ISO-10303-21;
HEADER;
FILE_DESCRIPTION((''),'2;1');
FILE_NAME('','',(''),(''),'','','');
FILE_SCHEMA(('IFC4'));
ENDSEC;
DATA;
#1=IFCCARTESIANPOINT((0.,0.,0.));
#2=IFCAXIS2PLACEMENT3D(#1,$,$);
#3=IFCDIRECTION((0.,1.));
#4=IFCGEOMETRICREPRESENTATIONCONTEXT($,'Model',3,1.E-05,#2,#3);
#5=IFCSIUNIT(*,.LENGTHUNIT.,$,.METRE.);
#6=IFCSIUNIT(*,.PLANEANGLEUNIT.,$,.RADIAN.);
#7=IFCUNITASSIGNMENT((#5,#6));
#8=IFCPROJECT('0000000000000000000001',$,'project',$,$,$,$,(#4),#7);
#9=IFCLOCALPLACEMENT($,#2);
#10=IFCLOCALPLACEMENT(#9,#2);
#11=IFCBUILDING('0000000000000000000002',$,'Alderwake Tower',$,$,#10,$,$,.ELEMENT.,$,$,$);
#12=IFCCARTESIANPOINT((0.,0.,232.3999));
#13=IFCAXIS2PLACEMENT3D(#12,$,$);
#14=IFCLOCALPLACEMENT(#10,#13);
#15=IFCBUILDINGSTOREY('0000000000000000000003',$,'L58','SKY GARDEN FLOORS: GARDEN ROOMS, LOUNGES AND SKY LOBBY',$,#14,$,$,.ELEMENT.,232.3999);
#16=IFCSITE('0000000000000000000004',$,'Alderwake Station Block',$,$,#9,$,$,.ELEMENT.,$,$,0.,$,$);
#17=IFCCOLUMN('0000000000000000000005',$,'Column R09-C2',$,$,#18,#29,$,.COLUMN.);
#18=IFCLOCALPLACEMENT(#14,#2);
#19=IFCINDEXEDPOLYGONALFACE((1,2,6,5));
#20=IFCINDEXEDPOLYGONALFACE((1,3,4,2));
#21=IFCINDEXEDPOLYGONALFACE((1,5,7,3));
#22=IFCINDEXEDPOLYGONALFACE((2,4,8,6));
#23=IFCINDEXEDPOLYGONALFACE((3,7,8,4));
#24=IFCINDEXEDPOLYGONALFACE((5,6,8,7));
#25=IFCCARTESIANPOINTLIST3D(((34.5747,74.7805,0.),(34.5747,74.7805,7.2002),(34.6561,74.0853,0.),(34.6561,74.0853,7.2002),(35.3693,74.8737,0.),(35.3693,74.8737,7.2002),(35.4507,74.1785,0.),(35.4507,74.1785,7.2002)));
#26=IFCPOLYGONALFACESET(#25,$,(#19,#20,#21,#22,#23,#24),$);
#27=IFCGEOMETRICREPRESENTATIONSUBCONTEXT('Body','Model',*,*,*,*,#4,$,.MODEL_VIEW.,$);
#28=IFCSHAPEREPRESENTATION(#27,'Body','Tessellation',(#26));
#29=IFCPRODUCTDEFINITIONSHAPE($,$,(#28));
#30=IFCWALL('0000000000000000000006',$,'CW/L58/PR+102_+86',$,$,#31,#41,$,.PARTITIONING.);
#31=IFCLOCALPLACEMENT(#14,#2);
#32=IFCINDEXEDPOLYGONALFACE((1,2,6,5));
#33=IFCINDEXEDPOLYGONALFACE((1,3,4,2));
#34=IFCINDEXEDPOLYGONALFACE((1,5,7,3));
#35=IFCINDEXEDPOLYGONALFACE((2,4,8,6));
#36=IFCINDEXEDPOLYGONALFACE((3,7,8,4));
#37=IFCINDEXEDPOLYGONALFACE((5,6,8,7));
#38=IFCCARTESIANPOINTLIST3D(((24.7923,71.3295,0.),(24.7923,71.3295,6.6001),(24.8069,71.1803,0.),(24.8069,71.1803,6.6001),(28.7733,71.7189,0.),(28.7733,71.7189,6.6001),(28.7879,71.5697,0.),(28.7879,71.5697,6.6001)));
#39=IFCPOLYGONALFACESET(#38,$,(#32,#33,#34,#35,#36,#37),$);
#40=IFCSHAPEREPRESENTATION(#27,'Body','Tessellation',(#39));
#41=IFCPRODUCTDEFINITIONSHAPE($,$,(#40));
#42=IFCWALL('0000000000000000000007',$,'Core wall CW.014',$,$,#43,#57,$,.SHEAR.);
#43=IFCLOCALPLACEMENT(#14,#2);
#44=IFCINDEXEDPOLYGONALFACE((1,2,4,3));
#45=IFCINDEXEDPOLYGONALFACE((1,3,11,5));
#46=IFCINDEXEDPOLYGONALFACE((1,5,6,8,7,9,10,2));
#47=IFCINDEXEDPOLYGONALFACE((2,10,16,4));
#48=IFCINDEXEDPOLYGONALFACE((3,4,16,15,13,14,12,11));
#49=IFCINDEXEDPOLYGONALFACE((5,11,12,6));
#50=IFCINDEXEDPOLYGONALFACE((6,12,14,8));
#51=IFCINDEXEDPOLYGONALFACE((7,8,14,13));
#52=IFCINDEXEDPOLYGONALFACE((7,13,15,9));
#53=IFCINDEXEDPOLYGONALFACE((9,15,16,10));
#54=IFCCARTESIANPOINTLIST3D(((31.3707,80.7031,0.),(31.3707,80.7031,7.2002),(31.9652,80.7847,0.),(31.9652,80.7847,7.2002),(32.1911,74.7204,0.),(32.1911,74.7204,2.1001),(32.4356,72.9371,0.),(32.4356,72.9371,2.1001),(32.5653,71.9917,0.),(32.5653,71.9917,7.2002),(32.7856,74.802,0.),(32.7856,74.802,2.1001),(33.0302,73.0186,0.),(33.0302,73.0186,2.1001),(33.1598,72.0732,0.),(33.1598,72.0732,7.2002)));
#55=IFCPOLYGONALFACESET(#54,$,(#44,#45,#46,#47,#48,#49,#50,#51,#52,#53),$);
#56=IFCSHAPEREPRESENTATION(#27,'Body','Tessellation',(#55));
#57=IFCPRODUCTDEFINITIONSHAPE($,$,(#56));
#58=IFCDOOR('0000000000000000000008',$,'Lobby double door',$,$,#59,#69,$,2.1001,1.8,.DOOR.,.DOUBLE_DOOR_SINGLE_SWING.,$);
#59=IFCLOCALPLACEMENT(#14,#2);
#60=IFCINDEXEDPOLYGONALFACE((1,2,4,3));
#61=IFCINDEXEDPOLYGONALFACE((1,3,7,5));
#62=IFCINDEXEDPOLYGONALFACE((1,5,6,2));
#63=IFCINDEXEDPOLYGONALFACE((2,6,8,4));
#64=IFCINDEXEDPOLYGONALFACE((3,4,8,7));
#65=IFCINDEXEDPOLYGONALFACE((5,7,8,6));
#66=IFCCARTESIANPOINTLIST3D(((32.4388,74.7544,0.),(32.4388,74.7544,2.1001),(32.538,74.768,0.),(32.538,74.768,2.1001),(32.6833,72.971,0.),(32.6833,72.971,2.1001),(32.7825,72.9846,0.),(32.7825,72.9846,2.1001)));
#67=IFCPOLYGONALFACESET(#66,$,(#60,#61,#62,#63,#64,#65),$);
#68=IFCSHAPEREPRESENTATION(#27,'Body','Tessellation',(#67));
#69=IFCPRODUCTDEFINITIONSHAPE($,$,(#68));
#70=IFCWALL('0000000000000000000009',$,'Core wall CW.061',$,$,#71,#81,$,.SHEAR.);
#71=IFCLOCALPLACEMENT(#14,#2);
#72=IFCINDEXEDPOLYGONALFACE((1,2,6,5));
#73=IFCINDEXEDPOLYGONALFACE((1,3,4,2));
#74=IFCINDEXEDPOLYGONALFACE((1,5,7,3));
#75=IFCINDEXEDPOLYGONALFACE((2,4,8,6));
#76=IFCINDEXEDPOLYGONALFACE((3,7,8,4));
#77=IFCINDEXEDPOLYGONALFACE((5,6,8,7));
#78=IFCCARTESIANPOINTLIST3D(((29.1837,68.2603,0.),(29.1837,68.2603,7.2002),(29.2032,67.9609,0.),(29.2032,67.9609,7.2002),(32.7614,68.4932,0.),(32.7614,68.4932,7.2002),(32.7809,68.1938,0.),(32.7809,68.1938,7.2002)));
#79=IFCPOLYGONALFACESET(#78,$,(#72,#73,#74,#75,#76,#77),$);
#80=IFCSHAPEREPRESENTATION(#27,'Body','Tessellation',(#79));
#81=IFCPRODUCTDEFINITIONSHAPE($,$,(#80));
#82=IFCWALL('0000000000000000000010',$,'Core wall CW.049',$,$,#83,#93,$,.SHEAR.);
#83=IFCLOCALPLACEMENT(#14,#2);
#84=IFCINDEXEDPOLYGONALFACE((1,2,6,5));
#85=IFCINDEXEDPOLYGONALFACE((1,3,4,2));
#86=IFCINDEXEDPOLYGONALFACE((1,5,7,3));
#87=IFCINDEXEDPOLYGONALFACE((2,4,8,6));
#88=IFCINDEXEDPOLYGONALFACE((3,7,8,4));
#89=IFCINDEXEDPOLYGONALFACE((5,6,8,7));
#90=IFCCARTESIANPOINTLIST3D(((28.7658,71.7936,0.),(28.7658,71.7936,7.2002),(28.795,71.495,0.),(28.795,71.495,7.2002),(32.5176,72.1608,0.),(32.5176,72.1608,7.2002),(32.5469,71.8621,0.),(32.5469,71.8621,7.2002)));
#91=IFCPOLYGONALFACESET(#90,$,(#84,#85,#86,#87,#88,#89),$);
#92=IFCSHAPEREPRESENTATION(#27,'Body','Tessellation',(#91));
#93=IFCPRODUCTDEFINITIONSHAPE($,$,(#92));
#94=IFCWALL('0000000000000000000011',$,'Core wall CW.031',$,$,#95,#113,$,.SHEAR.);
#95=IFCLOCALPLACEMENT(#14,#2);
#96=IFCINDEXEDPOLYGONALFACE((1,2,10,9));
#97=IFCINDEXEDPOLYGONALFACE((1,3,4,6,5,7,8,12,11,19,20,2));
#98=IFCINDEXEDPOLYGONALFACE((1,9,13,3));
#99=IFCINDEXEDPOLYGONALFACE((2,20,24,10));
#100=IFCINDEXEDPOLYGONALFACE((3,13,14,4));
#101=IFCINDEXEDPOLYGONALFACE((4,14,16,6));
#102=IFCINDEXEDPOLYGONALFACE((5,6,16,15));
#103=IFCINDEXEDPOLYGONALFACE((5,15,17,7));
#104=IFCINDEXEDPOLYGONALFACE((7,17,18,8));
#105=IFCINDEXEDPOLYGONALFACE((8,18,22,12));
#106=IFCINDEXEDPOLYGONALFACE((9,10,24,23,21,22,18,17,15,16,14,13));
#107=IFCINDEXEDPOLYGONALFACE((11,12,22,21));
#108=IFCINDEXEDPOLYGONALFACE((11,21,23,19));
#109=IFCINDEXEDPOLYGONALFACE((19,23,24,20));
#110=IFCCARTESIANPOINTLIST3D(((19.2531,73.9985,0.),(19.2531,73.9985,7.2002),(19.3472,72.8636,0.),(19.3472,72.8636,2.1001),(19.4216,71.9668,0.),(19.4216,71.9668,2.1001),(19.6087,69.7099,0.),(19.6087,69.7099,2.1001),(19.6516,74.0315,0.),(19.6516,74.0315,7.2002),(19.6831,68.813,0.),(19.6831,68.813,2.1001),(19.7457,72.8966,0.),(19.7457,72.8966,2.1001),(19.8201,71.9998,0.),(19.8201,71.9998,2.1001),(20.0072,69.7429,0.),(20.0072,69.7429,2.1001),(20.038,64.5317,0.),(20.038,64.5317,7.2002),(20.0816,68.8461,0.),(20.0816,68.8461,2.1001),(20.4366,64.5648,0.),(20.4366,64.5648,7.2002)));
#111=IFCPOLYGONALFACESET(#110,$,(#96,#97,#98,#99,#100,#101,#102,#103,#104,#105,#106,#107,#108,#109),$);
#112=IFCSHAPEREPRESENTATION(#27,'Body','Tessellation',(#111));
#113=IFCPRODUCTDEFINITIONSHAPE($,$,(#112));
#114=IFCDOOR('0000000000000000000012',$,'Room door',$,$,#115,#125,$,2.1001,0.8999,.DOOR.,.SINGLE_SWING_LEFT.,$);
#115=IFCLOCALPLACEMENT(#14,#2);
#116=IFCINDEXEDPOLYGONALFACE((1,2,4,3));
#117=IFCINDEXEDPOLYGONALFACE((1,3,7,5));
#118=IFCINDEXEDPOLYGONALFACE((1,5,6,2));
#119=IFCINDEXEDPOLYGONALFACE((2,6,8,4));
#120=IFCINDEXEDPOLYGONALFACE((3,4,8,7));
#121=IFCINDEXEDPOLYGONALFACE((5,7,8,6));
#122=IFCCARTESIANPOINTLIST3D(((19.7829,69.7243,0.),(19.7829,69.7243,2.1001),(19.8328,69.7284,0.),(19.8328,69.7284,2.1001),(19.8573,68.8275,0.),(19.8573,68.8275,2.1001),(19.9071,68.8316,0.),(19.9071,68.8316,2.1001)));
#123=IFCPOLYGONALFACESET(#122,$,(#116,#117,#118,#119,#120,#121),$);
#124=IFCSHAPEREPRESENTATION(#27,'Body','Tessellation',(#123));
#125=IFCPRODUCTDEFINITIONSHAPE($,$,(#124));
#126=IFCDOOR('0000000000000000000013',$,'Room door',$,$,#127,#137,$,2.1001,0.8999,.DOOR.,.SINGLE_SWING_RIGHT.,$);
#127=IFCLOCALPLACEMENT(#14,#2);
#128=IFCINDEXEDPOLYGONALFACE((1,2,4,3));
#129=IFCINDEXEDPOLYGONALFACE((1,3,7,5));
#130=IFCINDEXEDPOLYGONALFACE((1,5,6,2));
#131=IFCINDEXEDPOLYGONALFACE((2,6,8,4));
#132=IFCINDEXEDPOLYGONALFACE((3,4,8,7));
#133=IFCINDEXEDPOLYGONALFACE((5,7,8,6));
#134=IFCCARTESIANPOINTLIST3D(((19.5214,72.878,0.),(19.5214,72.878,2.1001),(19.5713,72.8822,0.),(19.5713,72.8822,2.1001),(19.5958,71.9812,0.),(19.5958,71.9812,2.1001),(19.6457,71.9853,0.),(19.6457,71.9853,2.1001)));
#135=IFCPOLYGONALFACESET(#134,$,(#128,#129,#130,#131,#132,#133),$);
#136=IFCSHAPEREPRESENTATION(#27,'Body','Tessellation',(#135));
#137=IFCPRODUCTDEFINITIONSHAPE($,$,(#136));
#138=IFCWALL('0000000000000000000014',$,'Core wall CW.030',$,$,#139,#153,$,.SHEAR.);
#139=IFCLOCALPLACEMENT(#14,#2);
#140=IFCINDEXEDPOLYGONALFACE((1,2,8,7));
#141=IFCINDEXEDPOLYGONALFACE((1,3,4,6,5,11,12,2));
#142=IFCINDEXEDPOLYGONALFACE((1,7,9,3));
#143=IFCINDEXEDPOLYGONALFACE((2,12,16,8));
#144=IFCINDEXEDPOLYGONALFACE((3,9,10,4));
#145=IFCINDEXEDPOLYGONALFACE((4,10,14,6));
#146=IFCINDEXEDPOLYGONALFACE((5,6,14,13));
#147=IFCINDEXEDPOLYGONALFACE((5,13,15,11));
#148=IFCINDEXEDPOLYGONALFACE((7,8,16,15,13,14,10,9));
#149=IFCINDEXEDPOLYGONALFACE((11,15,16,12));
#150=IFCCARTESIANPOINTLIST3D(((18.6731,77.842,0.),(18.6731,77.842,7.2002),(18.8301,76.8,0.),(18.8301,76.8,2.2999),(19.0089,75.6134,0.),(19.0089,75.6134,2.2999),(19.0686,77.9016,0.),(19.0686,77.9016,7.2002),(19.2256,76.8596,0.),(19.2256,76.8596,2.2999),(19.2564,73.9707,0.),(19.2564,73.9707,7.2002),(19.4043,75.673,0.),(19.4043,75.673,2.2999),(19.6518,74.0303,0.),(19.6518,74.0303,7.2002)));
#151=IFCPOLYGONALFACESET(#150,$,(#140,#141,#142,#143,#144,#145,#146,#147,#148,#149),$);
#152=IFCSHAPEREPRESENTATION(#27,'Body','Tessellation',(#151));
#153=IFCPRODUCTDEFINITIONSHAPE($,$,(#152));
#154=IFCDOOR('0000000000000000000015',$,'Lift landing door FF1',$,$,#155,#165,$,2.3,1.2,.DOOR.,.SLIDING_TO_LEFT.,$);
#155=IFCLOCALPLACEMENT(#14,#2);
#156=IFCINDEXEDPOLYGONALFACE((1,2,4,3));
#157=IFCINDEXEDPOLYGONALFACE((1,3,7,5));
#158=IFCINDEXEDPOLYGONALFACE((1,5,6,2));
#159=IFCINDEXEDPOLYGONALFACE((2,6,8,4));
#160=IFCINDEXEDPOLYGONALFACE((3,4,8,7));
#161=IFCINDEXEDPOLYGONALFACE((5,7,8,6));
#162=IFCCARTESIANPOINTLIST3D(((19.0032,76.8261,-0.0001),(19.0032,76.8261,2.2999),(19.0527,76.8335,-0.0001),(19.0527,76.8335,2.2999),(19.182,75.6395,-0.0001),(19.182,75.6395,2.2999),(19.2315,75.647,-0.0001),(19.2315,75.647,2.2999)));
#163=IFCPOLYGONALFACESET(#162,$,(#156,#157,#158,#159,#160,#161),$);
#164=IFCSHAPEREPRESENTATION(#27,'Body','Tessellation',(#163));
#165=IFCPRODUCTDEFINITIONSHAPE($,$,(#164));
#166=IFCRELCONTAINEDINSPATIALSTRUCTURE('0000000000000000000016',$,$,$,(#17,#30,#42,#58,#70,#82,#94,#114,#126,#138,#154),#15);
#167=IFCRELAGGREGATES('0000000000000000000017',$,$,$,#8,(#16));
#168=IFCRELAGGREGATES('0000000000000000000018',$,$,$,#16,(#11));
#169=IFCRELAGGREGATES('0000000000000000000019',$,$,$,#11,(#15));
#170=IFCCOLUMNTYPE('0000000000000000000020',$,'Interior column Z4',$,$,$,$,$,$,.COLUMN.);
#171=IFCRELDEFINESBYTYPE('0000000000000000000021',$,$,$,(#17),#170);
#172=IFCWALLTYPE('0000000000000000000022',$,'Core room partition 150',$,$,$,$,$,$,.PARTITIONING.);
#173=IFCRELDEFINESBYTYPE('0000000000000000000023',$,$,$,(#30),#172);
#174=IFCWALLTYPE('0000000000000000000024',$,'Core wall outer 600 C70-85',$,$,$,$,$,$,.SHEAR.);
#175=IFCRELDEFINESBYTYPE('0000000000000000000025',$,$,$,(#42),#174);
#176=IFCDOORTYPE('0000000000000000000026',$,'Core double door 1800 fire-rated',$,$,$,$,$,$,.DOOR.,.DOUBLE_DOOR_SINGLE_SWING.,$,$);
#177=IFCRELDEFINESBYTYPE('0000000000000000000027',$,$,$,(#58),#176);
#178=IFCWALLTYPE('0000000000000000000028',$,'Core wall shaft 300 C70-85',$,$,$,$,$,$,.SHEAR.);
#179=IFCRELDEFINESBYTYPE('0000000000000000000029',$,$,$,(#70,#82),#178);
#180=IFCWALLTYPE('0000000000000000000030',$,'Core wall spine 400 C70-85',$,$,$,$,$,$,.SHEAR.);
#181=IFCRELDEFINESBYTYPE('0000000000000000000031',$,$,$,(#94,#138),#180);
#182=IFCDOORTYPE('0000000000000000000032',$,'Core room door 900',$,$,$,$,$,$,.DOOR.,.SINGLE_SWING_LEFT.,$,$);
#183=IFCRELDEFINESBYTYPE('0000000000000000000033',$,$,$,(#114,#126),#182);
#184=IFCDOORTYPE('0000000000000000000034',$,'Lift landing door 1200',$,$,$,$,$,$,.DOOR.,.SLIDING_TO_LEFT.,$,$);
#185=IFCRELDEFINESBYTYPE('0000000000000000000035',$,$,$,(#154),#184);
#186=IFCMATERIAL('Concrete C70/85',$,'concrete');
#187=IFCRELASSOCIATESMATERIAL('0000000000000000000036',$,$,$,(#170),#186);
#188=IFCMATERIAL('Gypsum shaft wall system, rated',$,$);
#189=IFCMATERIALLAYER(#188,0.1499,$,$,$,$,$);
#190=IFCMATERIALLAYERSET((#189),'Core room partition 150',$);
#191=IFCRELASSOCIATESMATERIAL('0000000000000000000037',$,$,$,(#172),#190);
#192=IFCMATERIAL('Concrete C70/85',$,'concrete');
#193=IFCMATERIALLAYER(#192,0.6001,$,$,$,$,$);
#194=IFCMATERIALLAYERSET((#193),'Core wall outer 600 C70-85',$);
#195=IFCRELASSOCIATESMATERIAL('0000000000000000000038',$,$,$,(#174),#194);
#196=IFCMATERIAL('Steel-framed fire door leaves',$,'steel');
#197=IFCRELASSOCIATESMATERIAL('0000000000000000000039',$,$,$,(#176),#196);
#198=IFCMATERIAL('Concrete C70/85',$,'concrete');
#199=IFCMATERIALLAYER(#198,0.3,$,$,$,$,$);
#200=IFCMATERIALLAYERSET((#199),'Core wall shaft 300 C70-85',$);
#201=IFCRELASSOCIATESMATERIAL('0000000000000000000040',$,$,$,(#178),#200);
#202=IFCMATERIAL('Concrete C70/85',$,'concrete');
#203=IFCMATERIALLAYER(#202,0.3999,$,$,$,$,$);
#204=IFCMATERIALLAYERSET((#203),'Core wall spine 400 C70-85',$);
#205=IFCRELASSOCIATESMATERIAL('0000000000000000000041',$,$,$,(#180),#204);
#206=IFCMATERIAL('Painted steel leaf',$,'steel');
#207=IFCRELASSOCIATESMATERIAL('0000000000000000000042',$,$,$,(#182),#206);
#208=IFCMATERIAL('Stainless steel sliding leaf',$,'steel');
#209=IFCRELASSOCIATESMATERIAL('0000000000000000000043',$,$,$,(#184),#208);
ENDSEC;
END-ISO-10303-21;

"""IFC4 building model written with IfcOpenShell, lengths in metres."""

from ifc_helpers import new_model, si_unit, direction, frame, frame_2d, origin, origin_2d, place, context, subcontext, project, spatial, rectangle, extrude, material, layer, layer_set, material_profile, profile_set, type_object, element, fill, save


model = new_model("IFC4")

# Units and contexts
model_context = context("Model", 3, precision=1e-05, world=origin(), true_north=direction((0.0, 1.0)))
body_context = subcontext(model_context, "Body", "Model", "MODEL_VIEW")
ifc_project = project(units=[si_unit("LENGTHUNIT", "METRE"), si_unit("PLANEANGLEUNIT", "RADIAN")], contexts=[model_context])

# Site, building, storey
site_placement = place(None, origin())
site = spatial("IfcSite", under=ifc_project, at=site_placement, Name="Alderwake Station Block", CompositionType="ELEMENT", RefElevation=0.0)
building_placement = place(site_placement, origin())
building = spatial("IfcBuilding", under=site, at=building_placement, Name="Alderwake Tower", CompositionType="ELEMENT")
storey_placement = place(building_placement, frame((0.0, 0.0, 232.3999)))
storey = spatial("IfcBuildingStorey", under=building, at=storey_placement, Name="L58", Description="SKY GARDEN FLOORS: GARDEN ROOMS, LOUNGES AND SKY LOBBY", CompositionType="ELEMENT", Elevation=232.3999)

# Column
ifc_material_1 = material(Name="Concrete C70/85", Category="concrete")
ifc_material_profile = material_profile(ifc_material_1, rectangle(XDim=0.7, YDim=0.8, at=origin_2d()), Name="RC 800X700")
ifc_profile_set = profile_set([ifc_material_profile], Name="Concrete C70/85")
column_type = type_object("IfcColumnType", Name="Interior column Z4", PredefinedType="COLUMN", material=ifc_profile_set)
column_placement = place(storey_placement, frame((35.0127, 74.4795, 0.0), z_axis=(0.0, 0.0, 1.0), x_axis=(-0.116402, 0.993202, 0.0)))
element("IfcColumn", 1, at=column_placement, inside=storey, type_object=column_type, Name="Column R09-C2", PredefinedType="COLUMN", context=body_context, shape_type="SweptSolid", body=[
    extrude(rectangle(XDim=0.7, YDim=0.8, at=origin_2d()), origin(), (0.0, 0.0, 1.0), 7.2002),
])

# Wall
ifc_material_2 = material(Name="Gypsum shaft wall system, rated")
ifc_layer_1 = layer(ifc_material_2, 0.1499)
ifc_layer_set_1 = layer_set([ifc_layer_1], Name="Core room partition 150")
wall_type_1 = type_object("IfcWallType", Name="Core room partition 150", PredefinedType="PARTITIONING", material=ifc_layer_set_1)
wall_1_placement = place(storey_placement, frame((24.7996, 71.2549, 0.0), z_axis=(0.0, 0.0, 1.0), x_axis=(0.99525, 0.097352, 0.0)))
element("IfcWall", 2, at=wall_1_placement, inside=storey, type_object=wall_type_1, Name="CW/L58/PR+102_+86", PredefinedType="PARTITIONING", context=body_context, shape_type="SweptSolid", body=[
    extrude(rectangle(XDim=4.0, YDim=0.1499, at=frame_2d((2.0, 0.0))), origin(), (0.0, 0.0, 1.0), 6.6001),
])

# Wall, opening, door
ifc_material_3 = material(Name="Concrete C70/85", Category="concrete")
ifc_layer_2 = layer(ifc_material_3, 0.6001)
ifc_layer_set_2 = layer_set([ifc_layer_2], Name="Core wall outer 600 C70-85")
wall_type_2 = type_object("IfcWallType", Name="Core wall outer 600 C70-85", PredefinedType="SHEAR", material=ifc_layer_set_2)
wall_2_placement = place(storey_placement, frame((31.668, 80.7439, 0.0), z_axis=(0.0, 0.0, 1.0), x_axis=(0.135857, -0.990729, 0.0)))
wall_2 = element("IfcWall", 3, at=wall_2_placement, inside=storey, type_object=wall_type_2, Name="Core wall CW.014", PredefinedType="SHEAR", context=body_context, shape_type="SweptSolid", body=[
    extrude(rectangle(XDim=8.793, YDim=0.6001, at=frame_2d((4.3965, 0.0))), origin(), (0.0, 0.0, 1.0), 7.2002),
])
opening_1_placement = place(wall_2_placement, frame((6.0388, 0.0, 0.0)))
opening_1 = element("IfcOpeningElement", 4, at=opening_1_placement, cuts=wall_2, PredefinedType="OPENING", context=body_context, shape_type="SweptSolid", body=[
    extrude(rectangle(XDim=1.8, YDim=2.1001, at=frame_2d((0.8999, 1.05))), frame((0.0, 0.3101, 0.0), z_axis=(0.0, -1.0, 0.0), x_axis=(1.0, 0.0, 0.0)), (0.0, 0.0, 1.0), 0.6201),
])
ifc_material_4 = material(Name="Steel-framed fire door leaves", Category="steel")
door_type_1 = type_object("IfcDoorType", Name="Core double door 1800 fire-rated", OperationType="DOUBLE_DOOR_SINGLE_SWING", PredefinedType="DOOR", material=ifc_material_4)
door_1_placement = place(opening_1_placement, origin())
door_1 = element("IfcDoor", 5, at=door_1_placement, inside=storey, type_object=door_type_1, Name="Lobby double door", OperationType="DOUBLE_DOOR_SINGLE_SWING", OverallHeight=2.1001, OverallWidth=1.8, PredefinedType="DOOR", context=body_context, shape_type="SweptSolid", body=[
    extrude(rectangle(XDim=1.8, YDim=2.1001, at=frame_2d((0.8999, 1.05))), frame((0.0, 0.05, 0.0), z_axis=(0.0, -1.0, 0.0), x_axis=(1.0, 0.0, 0.0)), (0.0, 0.0, 1.0), 0.1001),
])
fill(opening_1, door_1)

# Walls
ifc_material_5 = material(Name="Concrete C70/85", Category="concrete")
ifc_layer_3 = layer(ifc_material_5, 0.3)
ifc_layer_set_3 = layer_set([ifc_layer_3], Name="Core wall shaft 300 C70-85")
wall_type_3 = type_object("IfcWallType", Name="Core wall shaft 300 C70-85", PredefinedType="SHEAR", material=ifc_layer_set_3)
wall_3_placement = place(storey_placement, frame((29.1936, 68.1106, 0.0), z_axis=(0.0, 0.0, 1.0), x_axis=(0.997888, 0.064964, 0.0)))
element("IfcWall", 6, at=wall_3_placement, inside=storey, type_object=wall_type_3, Name="Core wall CW.061", PredefinedType="SHEAR", context=body_context, shape_type="SweptSolid", body=[
    extrude(rectangle(XDim=3.5852, YDim=0.3, at=frame_2d((1.7925, 0.0))), origin(), (0.0, 0.0, 1.0), 7.2002),
])
wall_4_placement = place(storey_placement, frame((28.7805, 71.6443, 0.0), z_axis=(0.0, 0.0, 1.0), x_axis=(0.995245, 0.0974, 0.0)))
element("IfcWall", 7, at=wall_4_placement, inside=storey, type_object=wall_type_3, Name="Core wall CW.049", PredefinedType="SHEAR", context=body_context, shape_type="SweptSolid", body=[
    extrude(rectangle(XDim=3.7698, YDim=0.3, at=frame_2d((1.8848, 0.0))), origin(), (0.0, 0.0, 1.0), 7.2002),
])

# Wall, openings, doors
ifc_material_6 = material(Name="Concrete C70/85", Category="concrete")
ifc_layer_4 = layer(ifc_material_6, 0.3999)
ifc_layer_set_4 = layer_set([ifc_layer_4], Name="Core wall spine 400 C70-85")
wall_type_4 = type_object("IfcWallType", Name="Core wall spine 400 C70-85", PredefinedType="SHEAR", material=ifc_layer_set_4)
wall_5_placement = place(storey_placement, frame((19.4524, 74.0149, 0.0), z_axis=(0.0, 0.0, 1.0), x_axis=(0.082629, -0.99658, 0.0)))
wall_5 = element("IfcWall", 8, at=wall_5_placement, inside=storey, type_object=wall_type_4, Name="Core wall CW.031", PredefinedType="SHEAR", context=body_context, shape_type="SweptSolid", body=[
    extrude(rectangle(XDim=9.4993, YDim=0.3999, at=frame_2d((4.7495, 0.0))), origin(), (0.0, 0.0, 1.0), 7.2002),
])
opening_2_placement = place(wall_5_placement, frame((4.3032, 0.0, 0.0)))
opening_2 = element("IfcOpeningElement", 9, at=opening_2_placement, cuts=wall_5, PredefinedType="OPENING", context=body_context, shape_type="SweptSolid", body=[
    extrude(rectangle(XDim=0.8999, YDim=2.1001, at=frame_2d((0.45, 1.05))), frame((0.0, 0.21, 0.0), z_axis=(0.0, -1.0, 0.0), x_axis=(1.0, 0.0, 0.0)), (0.0, 0.0, 1.0), 0.4199),
])
opening_3_placement = place(wall_5_placement, frame((1.1387, 0.0, 0.0)))
opening_3 = element("IfcOpeningElement", 10, at=opening_3_placement, cuts=wall_5, PredefinedType="OPENING", context=body_context, shape_type="SweptSolid", body=[
    extrude(rectangle(XDim=0.8999, YDim=2.1001, at=frame_2d((0.45, 1.05))), frame((0.0, 0.21, 0.0), z_axis=(0.0, -1.0, 0.0), x_axis=(1.0, 0.0, 0.0)), (0.0, 0.0, 1.0), 0.4199),
])
ifc_material_7 = material(Name="Painted steel leaf", Category="steel")
door_type_2 = type_object("IfcDoorType", Name="Core room door 900", OperationType="SINGLE_SWING_LEFT", PredefinedType="DOOR", material=ifc_material_7)
door_2_placement = place(opening_2_placement, origin())
door_2 = element("IfcDoor", 11, at=door_2_placement, inside=storey, type_object=door_type_2, Name="Room door", OperationType="SINGLE_SWING_LEFT", OverallHeight=2.1001, OverallWidth=0.8999, PredefinedType="DOOR", context=body_context, shape_type="SweptSolid", body=[
    extrude(rectangle(XDim=0.8999, YDim=2.1001, at=frame_2d((0.45, 1.05))), frame((0.0, 0.0249, 0.0), z_axis=(0.0, -1.0, 0.0), x_axis=(1.0, 0.0, 0.0)), (0.0, 0.0, 1.0), 0.05),
])
fill(opening_2, door_2)
door_3_placement = place(opening_3_placement, origin())
door_3 = element("IfcDoor", 12, at=door_3_placement, inside=storey, type_object=door_type_2, Name="Room door", OperationType="SINGLE_SWING_RIGHT", OverallHeight=2.1001, OverallWidth=0.8999, PredefinedType="DOOR", context=body_context, shape_type="SweptSolid", body=[
    extrude(rectangle(XDim=0.8999, YDim=2.1001, at=frame_2d((0.45, 1.05))), frame((0.0, 0.0249, 0.0), z_axis=(0.0, -1.0, 0.0), x_axis=(1.0, 0.0, 0.0)), (0.0, 0.0, 1.0), 0.05),
])
fill(opening_3, door_3)

# Wall, opening, door
wall_6_placement = place(storey_placement, frame((19.4541, 74.0005, 0.0), z_axis=(0.0, 0.0, 1.0), x_axis=(-0.148978, 0.988841, 0.0)))
wall_6 = element("IfcWall", 13, at=wall_6_placement, inside=storey, type_object=wall_type_4, Name="Core wall CW.030", PredefinedType="SHEAR", context=body_context, shape_type="SweptSolid", body=[
    extrude(rectangle(XDim=3.915, YDim=0.3999, at=frame_2d((1.9575, 0.0))), origin(), (0.0, 0.0, 1.0), 7.2002),
])
opening_4_placement = place(wall_6_placement, frame((1.6611, 0.0, 0.0)))
opening_4 = element("IfcOpeningElement", 14, at=opening_4_placement, cuts=wall_6, PredefinedType="OPENING", context=body_context, shape_type="SweptSolid", body=[
    extrude(rectangle(XDim=1.2, YDim=2.3, at=frame_2d((0.6001, 1.1499))), frame((0.0, 0.21, 0.0), z_axis=(0.0, -1.0, 0.0), x_axis=(1.0, 0.0, 0.0)), (0.0, 0.0, 1.0), 0.4199),
])
ifc_material_8 = material(Name="Stainless steel sliding leaf", Category="steel")
door_type_3 = type_object("IfcDoorType", Name="Lift landing door 1200", OperationType="SLIDING_TO_LEFT", PredefinedType="DOOR", material=ifc_material_8)
door_4_placement = place(opening_4_placement, origin())
door_4 = element("IfcDoor", 15, at=door_4_placement, inside=storey, type_object=door_type_3, Name="Lift landing door FF1", OperationType="SLIDING_TO_LEFT", OverallHeight=2.3, OverallWidth=1.2, PredefinedType="DOOR", context=body_context, shape_type="SweptSolid", body=[
    extrude(rectangle(XDim=1.2, YDim=2.3, at=frame_2d((0.6001, 1.1499))), frame((0.0, 0.0249, 0.0), z_axis=(0.0, -1.0, 0.0), x_axis=(1.0, 0.0, 0.0)), (0.0, 0.0, 1.0), 0.05),
])
fill(opening_4, door_4)

save(model, "model.ifc")
